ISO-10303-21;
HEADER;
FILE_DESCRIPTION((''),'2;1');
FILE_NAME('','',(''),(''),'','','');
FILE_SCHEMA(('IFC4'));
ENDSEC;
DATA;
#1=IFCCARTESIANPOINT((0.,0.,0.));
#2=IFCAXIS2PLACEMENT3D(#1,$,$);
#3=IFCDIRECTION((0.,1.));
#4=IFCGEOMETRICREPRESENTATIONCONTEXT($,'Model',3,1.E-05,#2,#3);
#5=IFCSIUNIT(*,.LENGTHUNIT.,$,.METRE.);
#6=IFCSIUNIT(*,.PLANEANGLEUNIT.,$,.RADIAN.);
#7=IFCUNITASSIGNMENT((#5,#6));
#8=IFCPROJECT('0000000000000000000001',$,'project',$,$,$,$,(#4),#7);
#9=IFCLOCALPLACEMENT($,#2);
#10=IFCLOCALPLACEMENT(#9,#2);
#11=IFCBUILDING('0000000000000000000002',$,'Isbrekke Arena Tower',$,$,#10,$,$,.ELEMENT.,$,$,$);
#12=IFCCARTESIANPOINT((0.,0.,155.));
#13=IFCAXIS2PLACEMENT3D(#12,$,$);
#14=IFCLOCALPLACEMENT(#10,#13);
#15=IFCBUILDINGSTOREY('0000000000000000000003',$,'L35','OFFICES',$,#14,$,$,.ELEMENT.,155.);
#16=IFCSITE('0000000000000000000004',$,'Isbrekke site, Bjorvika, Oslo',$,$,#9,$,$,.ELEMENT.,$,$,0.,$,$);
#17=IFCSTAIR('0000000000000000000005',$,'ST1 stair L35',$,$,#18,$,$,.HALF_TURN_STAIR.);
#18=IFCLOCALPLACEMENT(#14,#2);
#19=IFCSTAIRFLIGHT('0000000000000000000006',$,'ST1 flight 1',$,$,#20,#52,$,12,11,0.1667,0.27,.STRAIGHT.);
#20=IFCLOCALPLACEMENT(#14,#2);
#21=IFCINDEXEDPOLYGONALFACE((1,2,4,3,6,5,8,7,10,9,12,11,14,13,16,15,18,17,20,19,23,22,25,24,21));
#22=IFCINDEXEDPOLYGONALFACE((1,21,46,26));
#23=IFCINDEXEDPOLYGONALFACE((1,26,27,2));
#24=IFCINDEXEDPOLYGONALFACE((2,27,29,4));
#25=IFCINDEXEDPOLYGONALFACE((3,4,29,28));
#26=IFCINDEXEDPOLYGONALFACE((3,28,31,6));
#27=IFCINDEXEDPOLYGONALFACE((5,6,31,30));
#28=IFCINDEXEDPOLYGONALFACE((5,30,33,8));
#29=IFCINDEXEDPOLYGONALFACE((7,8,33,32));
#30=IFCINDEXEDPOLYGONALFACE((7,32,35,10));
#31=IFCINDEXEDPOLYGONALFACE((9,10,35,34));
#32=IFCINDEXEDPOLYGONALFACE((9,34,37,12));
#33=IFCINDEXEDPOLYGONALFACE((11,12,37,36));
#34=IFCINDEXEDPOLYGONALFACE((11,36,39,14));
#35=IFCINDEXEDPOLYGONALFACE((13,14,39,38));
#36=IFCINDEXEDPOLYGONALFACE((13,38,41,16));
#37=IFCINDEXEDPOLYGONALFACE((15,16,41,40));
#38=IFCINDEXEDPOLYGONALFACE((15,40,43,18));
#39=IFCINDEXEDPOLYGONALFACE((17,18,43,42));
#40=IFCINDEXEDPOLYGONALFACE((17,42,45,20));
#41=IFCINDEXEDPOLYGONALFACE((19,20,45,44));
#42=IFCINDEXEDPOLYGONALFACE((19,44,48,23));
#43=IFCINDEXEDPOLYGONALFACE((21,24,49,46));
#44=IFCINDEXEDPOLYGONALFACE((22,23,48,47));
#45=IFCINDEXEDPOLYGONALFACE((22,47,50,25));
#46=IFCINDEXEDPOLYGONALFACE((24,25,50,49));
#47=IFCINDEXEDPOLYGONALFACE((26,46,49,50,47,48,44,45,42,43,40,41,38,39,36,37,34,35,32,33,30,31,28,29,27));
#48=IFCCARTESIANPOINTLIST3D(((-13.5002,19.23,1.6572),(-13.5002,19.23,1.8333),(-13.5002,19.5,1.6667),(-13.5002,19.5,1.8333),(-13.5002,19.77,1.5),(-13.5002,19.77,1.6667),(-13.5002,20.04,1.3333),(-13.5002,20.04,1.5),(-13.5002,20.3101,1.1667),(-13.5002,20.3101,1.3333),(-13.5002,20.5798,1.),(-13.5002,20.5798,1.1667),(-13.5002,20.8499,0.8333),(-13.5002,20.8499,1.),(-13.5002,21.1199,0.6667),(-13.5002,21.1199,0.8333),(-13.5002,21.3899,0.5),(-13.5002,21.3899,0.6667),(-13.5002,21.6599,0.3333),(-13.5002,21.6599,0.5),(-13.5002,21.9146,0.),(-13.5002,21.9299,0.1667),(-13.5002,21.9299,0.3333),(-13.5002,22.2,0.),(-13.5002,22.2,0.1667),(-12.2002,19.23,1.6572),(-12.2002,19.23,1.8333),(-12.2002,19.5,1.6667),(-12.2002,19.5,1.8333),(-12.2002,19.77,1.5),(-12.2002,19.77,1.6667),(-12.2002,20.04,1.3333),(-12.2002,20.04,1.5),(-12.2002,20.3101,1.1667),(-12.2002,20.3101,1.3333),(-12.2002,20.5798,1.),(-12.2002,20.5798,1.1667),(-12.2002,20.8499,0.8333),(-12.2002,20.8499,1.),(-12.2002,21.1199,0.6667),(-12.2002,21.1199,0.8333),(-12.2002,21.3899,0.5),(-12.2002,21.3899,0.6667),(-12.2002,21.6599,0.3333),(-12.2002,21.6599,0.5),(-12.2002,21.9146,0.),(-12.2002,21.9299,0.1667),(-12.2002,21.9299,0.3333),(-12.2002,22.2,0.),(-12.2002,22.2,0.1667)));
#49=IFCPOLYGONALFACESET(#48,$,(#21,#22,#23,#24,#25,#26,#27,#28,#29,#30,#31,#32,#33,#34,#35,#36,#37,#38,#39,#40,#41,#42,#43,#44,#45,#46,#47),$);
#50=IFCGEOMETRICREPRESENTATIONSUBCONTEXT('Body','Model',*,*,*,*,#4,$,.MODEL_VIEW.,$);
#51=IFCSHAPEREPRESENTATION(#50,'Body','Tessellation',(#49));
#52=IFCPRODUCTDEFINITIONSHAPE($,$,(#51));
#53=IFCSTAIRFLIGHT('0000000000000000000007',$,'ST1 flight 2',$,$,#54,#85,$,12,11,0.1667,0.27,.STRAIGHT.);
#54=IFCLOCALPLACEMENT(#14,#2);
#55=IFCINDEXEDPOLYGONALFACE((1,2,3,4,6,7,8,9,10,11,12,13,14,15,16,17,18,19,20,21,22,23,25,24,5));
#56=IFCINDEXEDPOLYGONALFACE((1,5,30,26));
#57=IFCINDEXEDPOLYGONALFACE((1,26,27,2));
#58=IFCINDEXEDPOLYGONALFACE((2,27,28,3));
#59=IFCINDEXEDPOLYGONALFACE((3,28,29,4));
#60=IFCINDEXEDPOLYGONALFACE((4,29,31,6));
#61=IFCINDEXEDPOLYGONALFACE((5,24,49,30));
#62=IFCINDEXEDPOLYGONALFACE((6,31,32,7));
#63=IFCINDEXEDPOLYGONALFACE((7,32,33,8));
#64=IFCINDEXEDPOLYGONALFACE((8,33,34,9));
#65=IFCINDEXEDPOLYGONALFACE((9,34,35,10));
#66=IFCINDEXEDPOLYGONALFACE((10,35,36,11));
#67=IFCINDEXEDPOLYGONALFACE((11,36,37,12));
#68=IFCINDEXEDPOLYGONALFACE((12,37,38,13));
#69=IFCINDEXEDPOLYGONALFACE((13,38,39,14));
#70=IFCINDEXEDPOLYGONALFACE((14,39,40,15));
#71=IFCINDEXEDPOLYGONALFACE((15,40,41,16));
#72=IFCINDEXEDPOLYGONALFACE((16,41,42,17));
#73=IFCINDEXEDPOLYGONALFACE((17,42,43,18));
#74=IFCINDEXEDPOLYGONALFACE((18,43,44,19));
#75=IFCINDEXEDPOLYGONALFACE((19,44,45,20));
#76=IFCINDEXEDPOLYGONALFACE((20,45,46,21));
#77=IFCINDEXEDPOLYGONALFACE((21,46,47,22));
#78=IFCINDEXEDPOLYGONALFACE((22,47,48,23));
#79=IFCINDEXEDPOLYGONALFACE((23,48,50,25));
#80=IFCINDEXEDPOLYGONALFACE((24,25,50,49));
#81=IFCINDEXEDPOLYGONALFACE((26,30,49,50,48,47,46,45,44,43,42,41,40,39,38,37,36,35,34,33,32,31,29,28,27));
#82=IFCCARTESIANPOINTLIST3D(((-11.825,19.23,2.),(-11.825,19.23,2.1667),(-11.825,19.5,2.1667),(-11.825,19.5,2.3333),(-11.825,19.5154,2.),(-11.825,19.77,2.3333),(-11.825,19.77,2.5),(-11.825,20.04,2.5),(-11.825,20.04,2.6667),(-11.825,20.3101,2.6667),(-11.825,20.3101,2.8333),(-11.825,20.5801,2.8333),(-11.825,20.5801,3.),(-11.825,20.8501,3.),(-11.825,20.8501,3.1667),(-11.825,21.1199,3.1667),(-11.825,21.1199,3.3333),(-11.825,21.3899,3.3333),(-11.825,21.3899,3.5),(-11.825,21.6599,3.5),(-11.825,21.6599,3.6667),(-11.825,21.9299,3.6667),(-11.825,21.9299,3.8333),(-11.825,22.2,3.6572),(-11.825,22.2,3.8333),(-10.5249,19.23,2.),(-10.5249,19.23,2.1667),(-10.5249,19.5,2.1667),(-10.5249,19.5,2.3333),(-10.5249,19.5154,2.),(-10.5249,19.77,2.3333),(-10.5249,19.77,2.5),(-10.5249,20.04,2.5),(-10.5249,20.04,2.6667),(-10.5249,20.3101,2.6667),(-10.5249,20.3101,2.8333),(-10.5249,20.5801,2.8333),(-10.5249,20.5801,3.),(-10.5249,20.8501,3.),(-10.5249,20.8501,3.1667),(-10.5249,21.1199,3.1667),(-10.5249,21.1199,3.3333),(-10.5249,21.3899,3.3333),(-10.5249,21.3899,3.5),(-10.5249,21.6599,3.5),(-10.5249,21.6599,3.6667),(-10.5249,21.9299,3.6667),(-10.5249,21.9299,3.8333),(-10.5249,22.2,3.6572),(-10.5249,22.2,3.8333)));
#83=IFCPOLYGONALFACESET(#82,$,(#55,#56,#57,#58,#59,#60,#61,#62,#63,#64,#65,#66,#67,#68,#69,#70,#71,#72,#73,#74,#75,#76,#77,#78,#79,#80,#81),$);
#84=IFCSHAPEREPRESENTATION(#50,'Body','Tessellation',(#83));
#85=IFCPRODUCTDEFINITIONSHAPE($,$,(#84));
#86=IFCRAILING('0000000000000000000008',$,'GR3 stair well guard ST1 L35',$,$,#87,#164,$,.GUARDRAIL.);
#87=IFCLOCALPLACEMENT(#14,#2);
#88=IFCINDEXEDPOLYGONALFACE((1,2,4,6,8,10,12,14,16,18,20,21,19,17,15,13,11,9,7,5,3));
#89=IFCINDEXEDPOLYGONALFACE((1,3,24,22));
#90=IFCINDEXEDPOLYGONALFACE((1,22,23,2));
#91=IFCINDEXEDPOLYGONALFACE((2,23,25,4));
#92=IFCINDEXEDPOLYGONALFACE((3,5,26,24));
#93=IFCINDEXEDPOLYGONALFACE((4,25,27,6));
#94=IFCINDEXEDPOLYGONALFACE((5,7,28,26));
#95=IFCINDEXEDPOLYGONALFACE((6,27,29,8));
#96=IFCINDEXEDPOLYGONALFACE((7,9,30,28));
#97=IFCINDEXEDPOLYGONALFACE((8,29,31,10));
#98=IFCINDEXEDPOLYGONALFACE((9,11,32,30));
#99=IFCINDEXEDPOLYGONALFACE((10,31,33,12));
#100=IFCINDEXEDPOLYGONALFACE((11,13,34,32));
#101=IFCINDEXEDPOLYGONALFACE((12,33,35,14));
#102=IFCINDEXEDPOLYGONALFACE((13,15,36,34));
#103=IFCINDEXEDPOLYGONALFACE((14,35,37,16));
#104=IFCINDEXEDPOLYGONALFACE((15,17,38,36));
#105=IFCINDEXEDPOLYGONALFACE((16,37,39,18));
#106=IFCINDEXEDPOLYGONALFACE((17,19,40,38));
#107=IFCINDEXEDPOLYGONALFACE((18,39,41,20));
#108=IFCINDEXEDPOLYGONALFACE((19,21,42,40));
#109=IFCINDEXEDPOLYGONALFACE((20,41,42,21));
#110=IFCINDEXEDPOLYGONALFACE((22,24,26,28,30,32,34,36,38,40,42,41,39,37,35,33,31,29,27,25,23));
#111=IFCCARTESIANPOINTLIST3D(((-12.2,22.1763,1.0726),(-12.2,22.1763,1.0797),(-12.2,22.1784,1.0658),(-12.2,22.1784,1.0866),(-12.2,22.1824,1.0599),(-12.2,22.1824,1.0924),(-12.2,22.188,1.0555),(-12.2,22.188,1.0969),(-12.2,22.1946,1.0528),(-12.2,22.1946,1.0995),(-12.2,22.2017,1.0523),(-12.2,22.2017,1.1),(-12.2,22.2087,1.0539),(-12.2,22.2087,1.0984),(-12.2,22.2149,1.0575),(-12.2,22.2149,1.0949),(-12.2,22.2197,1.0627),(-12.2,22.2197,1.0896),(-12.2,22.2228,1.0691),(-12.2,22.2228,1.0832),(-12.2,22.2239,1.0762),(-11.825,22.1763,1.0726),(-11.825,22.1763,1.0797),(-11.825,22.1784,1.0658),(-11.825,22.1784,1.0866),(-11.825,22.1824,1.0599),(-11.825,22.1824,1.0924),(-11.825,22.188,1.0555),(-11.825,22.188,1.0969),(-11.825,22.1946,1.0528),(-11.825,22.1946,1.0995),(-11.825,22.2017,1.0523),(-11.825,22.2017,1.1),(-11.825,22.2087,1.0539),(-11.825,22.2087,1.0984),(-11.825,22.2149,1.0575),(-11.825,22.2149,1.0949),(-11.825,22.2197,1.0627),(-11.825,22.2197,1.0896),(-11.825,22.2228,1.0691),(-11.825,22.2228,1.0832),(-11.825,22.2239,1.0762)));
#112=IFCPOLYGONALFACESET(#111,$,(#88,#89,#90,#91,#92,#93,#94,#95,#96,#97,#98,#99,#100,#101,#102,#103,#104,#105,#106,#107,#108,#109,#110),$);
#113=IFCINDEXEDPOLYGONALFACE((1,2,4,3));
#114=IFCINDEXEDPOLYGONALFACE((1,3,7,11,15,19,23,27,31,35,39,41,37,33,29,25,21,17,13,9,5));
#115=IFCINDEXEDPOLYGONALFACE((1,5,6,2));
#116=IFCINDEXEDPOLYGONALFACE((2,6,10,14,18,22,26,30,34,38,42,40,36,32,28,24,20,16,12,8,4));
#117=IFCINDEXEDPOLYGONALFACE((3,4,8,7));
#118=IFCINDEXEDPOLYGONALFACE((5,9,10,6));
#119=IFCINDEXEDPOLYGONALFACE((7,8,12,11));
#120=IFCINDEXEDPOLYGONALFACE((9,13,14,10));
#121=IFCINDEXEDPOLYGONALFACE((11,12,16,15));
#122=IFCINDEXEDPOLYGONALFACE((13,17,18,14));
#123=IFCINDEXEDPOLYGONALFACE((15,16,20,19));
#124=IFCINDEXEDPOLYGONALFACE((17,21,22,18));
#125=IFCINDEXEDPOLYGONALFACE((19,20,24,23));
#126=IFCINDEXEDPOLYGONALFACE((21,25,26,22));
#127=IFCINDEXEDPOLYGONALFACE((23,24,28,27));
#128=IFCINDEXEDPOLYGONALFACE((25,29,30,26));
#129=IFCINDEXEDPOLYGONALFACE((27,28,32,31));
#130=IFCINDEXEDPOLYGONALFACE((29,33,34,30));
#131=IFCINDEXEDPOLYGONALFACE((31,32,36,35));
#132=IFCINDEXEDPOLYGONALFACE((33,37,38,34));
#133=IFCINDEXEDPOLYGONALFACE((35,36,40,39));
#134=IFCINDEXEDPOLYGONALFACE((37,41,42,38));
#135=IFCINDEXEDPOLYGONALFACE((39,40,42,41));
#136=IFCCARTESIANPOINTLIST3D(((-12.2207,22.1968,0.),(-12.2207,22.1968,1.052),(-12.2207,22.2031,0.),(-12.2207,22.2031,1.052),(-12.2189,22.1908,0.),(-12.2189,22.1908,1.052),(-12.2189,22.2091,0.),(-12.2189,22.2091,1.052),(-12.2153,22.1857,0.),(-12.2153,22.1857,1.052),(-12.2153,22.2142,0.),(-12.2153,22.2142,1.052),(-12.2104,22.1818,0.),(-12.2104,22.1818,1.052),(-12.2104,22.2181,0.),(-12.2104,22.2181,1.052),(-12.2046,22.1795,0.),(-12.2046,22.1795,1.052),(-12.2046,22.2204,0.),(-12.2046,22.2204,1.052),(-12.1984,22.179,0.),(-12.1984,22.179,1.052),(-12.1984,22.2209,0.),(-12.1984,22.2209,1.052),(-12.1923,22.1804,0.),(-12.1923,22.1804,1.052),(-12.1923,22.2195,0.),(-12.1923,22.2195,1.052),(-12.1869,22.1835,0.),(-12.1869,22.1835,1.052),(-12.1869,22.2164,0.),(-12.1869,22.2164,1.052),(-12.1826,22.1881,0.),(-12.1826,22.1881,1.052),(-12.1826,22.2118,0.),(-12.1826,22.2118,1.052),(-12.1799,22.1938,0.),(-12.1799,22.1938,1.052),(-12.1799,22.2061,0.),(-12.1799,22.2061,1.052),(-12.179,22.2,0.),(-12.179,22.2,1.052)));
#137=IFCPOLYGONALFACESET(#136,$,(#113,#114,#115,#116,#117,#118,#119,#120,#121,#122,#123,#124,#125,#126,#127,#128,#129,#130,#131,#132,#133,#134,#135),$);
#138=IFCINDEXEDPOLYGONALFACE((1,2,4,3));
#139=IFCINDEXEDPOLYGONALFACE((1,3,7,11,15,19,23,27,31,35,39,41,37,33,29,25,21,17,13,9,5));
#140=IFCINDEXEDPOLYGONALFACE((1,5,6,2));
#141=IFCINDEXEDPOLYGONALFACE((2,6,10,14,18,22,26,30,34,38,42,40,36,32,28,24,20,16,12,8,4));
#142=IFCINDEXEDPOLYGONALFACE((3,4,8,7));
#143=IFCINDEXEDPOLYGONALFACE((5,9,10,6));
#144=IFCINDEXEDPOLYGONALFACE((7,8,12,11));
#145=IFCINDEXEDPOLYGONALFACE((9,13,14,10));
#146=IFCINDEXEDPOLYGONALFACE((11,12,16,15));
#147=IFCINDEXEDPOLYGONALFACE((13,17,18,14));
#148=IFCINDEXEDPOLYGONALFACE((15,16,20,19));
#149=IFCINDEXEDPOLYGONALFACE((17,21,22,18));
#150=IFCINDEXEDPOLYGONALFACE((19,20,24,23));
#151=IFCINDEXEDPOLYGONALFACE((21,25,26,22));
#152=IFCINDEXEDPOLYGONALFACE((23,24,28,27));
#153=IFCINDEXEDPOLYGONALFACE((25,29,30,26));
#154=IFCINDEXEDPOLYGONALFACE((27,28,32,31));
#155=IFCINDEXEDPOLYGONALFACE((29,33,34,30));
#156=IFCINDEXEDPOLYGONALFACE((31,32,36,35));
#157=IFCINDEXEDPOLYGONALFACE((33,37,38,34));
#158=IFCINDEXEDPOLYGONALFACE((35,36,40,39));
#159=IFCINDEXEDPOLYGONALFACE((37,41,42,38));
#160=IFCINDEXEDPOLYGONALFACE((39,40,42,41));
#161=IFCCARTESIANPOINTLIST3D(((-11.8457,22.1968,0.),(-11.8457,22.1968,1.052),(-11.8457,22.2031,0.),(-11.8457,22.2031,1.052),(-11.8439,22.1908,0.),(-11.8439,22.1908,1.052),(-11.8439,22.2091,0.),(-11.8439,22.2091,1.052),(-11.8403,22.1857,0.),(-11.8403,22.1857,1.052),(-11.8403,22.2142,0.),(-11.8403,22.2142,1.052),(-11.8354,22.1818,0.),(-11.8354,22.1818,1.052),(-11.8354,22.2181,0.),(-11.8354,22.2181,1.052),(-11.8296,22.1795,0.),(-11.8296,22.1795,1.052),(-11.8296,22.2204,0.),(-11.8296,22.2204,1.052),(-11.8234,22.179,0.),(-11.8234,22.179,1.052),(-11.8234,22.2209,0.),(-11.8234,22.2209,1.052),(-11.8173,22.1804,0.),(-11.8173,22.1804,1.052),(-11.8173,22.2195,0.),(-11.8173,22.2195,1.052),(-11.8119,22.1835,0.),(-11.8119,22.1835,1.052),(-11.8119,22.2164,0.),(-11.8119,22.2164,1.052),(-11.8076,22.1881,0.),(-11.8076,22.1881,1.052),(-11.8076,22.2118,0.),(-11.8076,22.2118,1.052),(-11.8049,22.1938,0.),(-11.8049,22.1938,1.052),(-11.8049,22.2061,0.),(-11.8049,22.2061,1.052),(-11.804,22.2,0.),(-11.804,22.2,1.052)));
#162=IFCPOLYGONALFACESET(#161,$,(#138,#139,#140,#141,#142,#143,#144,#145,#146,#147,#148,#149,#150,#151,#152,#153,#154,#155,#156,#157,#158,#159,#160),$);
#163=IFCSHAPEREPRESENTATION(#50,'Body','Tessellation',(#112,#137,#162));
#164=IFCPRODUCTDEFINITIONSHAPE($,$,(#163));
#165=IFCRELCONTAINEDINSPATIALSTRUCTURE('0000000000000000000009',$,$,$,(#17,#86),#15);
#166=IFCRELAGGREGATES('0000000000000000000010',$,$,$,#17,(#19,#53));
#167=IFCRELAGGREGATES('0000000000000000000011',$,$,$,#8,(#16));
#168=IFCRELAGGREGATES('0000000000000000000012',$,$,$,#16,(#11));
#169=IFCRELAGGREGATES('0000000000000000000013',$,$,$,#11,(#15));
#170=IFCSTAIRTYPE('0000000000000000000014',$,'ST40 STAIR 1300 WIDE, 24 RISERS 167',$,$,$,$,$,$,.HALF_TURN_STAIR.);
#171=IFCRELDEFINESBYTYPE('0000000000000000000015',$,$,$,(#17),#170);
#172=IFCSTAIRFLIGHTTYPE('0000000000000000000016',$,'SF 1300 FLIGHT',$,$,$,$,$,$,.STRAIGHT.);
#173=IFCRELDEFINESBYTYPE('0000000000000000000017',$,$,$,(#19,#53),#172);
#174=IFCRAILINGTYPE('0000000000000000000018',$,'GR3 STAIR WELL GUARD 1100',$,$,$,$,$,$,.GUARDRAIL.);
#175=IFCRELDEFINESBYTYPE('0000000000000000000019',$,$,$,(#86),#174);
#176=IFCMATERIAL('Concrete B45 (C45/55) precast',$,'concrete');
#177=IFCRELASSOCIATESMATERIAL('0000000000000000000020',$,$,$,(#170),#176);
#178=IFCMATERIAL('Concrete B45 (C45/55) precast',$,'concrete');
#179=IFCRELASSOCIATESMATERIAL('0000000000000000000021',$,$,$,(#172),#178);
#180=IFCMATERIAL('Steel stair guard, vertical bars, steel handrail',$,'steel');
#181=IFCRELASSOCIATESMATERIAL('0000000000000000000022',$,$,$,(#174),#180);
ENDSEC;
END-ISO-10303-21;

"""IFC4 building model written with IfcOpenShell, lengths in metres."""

from ifc_helpers import new_model, si_unit, direction, frame, origin, origin_2d, place, context, subcontext, project, spatial, polyline, circle, outline, extrude, material, type_object, element, aggregate, save


model = new_model("IFC4")

# Units and contexts
model_context = context("Model", 3, precision=1e-05, world=origin(), true_north=direction((0.0, 1.0)))
body_context = subcontext(model_context, "Body", "Model", "MODEL_VIEW")
ifc_project = project(units=[si_unit("LENGTHUNIT", "METRE"), si_unit("PLANEANGLEUNIT", "RADIAN")], contexts=[model_context])

# Site, building, storey
site_placement = place(None, origin())
site = spatial("IfcSite", under=ifc_project, at=site_placement, Name="Isbrekke site, Bjorvika, Oslo", CompositionType="ELEMENT", RefElevation=0.0)
building_placement = place(site_placement, origin())
building = spatial("IfcBuilding", under=site, at=building_placement, Name="Isbrekke Arena Tower", CompositionType="ELEMENT")
storey_placement = place(building_placement, frame((0.0, 0.0, 155.0)))
storey = spatial("IfcBuildingStorey", under=building, at=storey_placement, Name="L35", Description="OFFICES", CompositionType="ELEMENT", Elevation=155.0)

# Stair, stair flights
ifc_material_1 = material(Name="Concrete B45 (C45/55) precast", Category="concrete")
stair_type = type_object("IfcStairType", Name="ST40 STAIR 1300 WIDE, 24 RISERS 167", PredefinedType="HALF_TURN_STAIR", material=ifc_material_1)
stair_placement = place(storey_placement, origin())
stair = element("IfcStair", 1, at=stair_placement, inside=storey, type_object=stair_type, Name="ST1 stair L35", PredefinedType="HALF_TURN_STAIR")
ifc_material_2 = material(Name="Concrete B45 (C45/55) precast", Category="concrete")
stair_flight_type = type_object("IfcStairFlightType", Name="SF 1300 FLIGHT", PredefinedType="STRAIGHT", material=ifc_material_2)
stair_flight_1_placement = place(storey_placement, frame((-12.8501, 22.2, 0.0), z_axis=(0.0, 0.0, 1.0), x_axis=(0.0, -1.0, 0.0)))
stair_flight_1 = element("IfcStairFlight", 2, at=stair_flight_1_placement, type_object=stair_flight_type, Name="ST1 flight 1", NumberOfRisers=12, NumberOfTreads=11, PredefinedType="STRAIGHT", RiserHeight=0.1667, TreadLength=0.27, context=body_context, shape_type="SweptSolid", body=[
    extrude(outline(polyline([(0.0, 0.0), (0.0, 0.1667), (0.27, 0.1667), (0.27, 0.3333), (0.54, 0.3333), (0.54, 0.5), (0.8101, 0.5), (0.8101, 0.6667), (1.0801, 0.6667), (1.0801, 0.8333), (1.3501, 0.8333), (1.3501, 1.0), (1.6201, 1.0), (1.6201, 1.1667), (1.8899, 1.1667), (1.8899, 1.3333), (2.1599, 1.3333), (2.1599, 1.5), (2.4299, 1.5), (2.4299, 1.6667), (2.7, 1.6667), (2.7, 1.8333), (2.97, 1.8333), (2.97, 2.0), (2.97, 1.6572), (0.2854, 0.0), (0.0, 0.0)])), frame((0.0, 0.6499, 0.0), z_axis=(0.0, -1.0, 0.0), x_axis=(1.0, 0.0, 0.0)), (0.0, 0.0, 1.0), 1.3),
])
stair_flight_2_placement = place(storey_placement, frame((-11.175, 19.23, 2.0), z_axis=(0.0, 0.0, 1.0), x_axis=(0.0, 1.0, 0.0)))
stair_flight_2 = element("IfcStairFlight", 3, at=stair_flight_2_placement, type_object=stair_flight_type, Name="ST1 flight 2", NumberOfRisers=12, NumberOfTreads=11, PredefinedType="STRAIGHT", RiserHeight=0.1667, TreadLength=0.27, context=body_context, shape_type="SweptSolid", body=[
    extrude(outline(polyline([(0.0, 0.0), (0.0, 0.1667), (0.27, 0.1667), (0.27, 0.3333), (0.54, 0.3333), (0.54, 0.5), (0.8101, 0.5), (0.8101, 0.6667), (1.0801, 0.6667), (1.0801, 0.8333), (1.3501, 0.8333), (1.3501, 1.0), (1.6201, 1.0), (1.6201, 1.1667), (1.8899, 1.1667), (1.8899, 1.3333), (2.1599, 1.3333), (2.1599, 1.5), (2.4299, 1.5), (2.4299, 1.6667), (2.7, 1.6667), (2.7, 1.8333), (2.97, 1.8333), (2.97, 2.0), (2.97, 1.6572), (0.2854, 0.0), (0.0, 0.0)])), frame((0.0, 0.6499, 0.0), z_axis=(0.0, -1.0, 0.0), x_axis=(1.0, 0.0, 0.0)), (0.0, 0.0, 1.0), 1.3),
])
aggregate(stair, [stair_flight_1, stair_flight_2])

# Railing
ifc_material_3 = material(Name="Steel stair guard, vertical bars, steel handrail", Category="steel")
railing_type = type_object("IfcRailingType", Name="GR3 STAIR WELL GUARD 1100", PredefinedType="GUARDRAIL", material=ifc_material_3)
for number, where, name in (
    (4, (-12.2, 22.2, 0.0), "GR3 stair well guard ST1 L35"),
):
    element("IfcRailing", number, at=place(storey_placement, frame(where)), inside=storey, type_object=railing_type, Name=name, PredefinedType="GUARDRAIL", context=body_context, shape_type="SweptSolid", body=[
        extrude(circle(Radius=0.0239, at=origin_2d()), frame((0.0, 0.0, 1.0762), z_axis=(1.0, 0.0, 0.0), x_axis=(0.0, 1.0, 0.0)), (0.0, 0.0, 1.0), 0.375),
        extrude(circle(Radius=0.021, at=origin_2d()), origin(), (0.0, 0.0, 1.0), 1.052),
        extrude(circle(Radius=0.021, at=origin_2d()), frame((0.375, 0.0, 0.0)), (0.0, 0.0, 1.0), 1.052),
    ])

save(model, "model.ifc")
